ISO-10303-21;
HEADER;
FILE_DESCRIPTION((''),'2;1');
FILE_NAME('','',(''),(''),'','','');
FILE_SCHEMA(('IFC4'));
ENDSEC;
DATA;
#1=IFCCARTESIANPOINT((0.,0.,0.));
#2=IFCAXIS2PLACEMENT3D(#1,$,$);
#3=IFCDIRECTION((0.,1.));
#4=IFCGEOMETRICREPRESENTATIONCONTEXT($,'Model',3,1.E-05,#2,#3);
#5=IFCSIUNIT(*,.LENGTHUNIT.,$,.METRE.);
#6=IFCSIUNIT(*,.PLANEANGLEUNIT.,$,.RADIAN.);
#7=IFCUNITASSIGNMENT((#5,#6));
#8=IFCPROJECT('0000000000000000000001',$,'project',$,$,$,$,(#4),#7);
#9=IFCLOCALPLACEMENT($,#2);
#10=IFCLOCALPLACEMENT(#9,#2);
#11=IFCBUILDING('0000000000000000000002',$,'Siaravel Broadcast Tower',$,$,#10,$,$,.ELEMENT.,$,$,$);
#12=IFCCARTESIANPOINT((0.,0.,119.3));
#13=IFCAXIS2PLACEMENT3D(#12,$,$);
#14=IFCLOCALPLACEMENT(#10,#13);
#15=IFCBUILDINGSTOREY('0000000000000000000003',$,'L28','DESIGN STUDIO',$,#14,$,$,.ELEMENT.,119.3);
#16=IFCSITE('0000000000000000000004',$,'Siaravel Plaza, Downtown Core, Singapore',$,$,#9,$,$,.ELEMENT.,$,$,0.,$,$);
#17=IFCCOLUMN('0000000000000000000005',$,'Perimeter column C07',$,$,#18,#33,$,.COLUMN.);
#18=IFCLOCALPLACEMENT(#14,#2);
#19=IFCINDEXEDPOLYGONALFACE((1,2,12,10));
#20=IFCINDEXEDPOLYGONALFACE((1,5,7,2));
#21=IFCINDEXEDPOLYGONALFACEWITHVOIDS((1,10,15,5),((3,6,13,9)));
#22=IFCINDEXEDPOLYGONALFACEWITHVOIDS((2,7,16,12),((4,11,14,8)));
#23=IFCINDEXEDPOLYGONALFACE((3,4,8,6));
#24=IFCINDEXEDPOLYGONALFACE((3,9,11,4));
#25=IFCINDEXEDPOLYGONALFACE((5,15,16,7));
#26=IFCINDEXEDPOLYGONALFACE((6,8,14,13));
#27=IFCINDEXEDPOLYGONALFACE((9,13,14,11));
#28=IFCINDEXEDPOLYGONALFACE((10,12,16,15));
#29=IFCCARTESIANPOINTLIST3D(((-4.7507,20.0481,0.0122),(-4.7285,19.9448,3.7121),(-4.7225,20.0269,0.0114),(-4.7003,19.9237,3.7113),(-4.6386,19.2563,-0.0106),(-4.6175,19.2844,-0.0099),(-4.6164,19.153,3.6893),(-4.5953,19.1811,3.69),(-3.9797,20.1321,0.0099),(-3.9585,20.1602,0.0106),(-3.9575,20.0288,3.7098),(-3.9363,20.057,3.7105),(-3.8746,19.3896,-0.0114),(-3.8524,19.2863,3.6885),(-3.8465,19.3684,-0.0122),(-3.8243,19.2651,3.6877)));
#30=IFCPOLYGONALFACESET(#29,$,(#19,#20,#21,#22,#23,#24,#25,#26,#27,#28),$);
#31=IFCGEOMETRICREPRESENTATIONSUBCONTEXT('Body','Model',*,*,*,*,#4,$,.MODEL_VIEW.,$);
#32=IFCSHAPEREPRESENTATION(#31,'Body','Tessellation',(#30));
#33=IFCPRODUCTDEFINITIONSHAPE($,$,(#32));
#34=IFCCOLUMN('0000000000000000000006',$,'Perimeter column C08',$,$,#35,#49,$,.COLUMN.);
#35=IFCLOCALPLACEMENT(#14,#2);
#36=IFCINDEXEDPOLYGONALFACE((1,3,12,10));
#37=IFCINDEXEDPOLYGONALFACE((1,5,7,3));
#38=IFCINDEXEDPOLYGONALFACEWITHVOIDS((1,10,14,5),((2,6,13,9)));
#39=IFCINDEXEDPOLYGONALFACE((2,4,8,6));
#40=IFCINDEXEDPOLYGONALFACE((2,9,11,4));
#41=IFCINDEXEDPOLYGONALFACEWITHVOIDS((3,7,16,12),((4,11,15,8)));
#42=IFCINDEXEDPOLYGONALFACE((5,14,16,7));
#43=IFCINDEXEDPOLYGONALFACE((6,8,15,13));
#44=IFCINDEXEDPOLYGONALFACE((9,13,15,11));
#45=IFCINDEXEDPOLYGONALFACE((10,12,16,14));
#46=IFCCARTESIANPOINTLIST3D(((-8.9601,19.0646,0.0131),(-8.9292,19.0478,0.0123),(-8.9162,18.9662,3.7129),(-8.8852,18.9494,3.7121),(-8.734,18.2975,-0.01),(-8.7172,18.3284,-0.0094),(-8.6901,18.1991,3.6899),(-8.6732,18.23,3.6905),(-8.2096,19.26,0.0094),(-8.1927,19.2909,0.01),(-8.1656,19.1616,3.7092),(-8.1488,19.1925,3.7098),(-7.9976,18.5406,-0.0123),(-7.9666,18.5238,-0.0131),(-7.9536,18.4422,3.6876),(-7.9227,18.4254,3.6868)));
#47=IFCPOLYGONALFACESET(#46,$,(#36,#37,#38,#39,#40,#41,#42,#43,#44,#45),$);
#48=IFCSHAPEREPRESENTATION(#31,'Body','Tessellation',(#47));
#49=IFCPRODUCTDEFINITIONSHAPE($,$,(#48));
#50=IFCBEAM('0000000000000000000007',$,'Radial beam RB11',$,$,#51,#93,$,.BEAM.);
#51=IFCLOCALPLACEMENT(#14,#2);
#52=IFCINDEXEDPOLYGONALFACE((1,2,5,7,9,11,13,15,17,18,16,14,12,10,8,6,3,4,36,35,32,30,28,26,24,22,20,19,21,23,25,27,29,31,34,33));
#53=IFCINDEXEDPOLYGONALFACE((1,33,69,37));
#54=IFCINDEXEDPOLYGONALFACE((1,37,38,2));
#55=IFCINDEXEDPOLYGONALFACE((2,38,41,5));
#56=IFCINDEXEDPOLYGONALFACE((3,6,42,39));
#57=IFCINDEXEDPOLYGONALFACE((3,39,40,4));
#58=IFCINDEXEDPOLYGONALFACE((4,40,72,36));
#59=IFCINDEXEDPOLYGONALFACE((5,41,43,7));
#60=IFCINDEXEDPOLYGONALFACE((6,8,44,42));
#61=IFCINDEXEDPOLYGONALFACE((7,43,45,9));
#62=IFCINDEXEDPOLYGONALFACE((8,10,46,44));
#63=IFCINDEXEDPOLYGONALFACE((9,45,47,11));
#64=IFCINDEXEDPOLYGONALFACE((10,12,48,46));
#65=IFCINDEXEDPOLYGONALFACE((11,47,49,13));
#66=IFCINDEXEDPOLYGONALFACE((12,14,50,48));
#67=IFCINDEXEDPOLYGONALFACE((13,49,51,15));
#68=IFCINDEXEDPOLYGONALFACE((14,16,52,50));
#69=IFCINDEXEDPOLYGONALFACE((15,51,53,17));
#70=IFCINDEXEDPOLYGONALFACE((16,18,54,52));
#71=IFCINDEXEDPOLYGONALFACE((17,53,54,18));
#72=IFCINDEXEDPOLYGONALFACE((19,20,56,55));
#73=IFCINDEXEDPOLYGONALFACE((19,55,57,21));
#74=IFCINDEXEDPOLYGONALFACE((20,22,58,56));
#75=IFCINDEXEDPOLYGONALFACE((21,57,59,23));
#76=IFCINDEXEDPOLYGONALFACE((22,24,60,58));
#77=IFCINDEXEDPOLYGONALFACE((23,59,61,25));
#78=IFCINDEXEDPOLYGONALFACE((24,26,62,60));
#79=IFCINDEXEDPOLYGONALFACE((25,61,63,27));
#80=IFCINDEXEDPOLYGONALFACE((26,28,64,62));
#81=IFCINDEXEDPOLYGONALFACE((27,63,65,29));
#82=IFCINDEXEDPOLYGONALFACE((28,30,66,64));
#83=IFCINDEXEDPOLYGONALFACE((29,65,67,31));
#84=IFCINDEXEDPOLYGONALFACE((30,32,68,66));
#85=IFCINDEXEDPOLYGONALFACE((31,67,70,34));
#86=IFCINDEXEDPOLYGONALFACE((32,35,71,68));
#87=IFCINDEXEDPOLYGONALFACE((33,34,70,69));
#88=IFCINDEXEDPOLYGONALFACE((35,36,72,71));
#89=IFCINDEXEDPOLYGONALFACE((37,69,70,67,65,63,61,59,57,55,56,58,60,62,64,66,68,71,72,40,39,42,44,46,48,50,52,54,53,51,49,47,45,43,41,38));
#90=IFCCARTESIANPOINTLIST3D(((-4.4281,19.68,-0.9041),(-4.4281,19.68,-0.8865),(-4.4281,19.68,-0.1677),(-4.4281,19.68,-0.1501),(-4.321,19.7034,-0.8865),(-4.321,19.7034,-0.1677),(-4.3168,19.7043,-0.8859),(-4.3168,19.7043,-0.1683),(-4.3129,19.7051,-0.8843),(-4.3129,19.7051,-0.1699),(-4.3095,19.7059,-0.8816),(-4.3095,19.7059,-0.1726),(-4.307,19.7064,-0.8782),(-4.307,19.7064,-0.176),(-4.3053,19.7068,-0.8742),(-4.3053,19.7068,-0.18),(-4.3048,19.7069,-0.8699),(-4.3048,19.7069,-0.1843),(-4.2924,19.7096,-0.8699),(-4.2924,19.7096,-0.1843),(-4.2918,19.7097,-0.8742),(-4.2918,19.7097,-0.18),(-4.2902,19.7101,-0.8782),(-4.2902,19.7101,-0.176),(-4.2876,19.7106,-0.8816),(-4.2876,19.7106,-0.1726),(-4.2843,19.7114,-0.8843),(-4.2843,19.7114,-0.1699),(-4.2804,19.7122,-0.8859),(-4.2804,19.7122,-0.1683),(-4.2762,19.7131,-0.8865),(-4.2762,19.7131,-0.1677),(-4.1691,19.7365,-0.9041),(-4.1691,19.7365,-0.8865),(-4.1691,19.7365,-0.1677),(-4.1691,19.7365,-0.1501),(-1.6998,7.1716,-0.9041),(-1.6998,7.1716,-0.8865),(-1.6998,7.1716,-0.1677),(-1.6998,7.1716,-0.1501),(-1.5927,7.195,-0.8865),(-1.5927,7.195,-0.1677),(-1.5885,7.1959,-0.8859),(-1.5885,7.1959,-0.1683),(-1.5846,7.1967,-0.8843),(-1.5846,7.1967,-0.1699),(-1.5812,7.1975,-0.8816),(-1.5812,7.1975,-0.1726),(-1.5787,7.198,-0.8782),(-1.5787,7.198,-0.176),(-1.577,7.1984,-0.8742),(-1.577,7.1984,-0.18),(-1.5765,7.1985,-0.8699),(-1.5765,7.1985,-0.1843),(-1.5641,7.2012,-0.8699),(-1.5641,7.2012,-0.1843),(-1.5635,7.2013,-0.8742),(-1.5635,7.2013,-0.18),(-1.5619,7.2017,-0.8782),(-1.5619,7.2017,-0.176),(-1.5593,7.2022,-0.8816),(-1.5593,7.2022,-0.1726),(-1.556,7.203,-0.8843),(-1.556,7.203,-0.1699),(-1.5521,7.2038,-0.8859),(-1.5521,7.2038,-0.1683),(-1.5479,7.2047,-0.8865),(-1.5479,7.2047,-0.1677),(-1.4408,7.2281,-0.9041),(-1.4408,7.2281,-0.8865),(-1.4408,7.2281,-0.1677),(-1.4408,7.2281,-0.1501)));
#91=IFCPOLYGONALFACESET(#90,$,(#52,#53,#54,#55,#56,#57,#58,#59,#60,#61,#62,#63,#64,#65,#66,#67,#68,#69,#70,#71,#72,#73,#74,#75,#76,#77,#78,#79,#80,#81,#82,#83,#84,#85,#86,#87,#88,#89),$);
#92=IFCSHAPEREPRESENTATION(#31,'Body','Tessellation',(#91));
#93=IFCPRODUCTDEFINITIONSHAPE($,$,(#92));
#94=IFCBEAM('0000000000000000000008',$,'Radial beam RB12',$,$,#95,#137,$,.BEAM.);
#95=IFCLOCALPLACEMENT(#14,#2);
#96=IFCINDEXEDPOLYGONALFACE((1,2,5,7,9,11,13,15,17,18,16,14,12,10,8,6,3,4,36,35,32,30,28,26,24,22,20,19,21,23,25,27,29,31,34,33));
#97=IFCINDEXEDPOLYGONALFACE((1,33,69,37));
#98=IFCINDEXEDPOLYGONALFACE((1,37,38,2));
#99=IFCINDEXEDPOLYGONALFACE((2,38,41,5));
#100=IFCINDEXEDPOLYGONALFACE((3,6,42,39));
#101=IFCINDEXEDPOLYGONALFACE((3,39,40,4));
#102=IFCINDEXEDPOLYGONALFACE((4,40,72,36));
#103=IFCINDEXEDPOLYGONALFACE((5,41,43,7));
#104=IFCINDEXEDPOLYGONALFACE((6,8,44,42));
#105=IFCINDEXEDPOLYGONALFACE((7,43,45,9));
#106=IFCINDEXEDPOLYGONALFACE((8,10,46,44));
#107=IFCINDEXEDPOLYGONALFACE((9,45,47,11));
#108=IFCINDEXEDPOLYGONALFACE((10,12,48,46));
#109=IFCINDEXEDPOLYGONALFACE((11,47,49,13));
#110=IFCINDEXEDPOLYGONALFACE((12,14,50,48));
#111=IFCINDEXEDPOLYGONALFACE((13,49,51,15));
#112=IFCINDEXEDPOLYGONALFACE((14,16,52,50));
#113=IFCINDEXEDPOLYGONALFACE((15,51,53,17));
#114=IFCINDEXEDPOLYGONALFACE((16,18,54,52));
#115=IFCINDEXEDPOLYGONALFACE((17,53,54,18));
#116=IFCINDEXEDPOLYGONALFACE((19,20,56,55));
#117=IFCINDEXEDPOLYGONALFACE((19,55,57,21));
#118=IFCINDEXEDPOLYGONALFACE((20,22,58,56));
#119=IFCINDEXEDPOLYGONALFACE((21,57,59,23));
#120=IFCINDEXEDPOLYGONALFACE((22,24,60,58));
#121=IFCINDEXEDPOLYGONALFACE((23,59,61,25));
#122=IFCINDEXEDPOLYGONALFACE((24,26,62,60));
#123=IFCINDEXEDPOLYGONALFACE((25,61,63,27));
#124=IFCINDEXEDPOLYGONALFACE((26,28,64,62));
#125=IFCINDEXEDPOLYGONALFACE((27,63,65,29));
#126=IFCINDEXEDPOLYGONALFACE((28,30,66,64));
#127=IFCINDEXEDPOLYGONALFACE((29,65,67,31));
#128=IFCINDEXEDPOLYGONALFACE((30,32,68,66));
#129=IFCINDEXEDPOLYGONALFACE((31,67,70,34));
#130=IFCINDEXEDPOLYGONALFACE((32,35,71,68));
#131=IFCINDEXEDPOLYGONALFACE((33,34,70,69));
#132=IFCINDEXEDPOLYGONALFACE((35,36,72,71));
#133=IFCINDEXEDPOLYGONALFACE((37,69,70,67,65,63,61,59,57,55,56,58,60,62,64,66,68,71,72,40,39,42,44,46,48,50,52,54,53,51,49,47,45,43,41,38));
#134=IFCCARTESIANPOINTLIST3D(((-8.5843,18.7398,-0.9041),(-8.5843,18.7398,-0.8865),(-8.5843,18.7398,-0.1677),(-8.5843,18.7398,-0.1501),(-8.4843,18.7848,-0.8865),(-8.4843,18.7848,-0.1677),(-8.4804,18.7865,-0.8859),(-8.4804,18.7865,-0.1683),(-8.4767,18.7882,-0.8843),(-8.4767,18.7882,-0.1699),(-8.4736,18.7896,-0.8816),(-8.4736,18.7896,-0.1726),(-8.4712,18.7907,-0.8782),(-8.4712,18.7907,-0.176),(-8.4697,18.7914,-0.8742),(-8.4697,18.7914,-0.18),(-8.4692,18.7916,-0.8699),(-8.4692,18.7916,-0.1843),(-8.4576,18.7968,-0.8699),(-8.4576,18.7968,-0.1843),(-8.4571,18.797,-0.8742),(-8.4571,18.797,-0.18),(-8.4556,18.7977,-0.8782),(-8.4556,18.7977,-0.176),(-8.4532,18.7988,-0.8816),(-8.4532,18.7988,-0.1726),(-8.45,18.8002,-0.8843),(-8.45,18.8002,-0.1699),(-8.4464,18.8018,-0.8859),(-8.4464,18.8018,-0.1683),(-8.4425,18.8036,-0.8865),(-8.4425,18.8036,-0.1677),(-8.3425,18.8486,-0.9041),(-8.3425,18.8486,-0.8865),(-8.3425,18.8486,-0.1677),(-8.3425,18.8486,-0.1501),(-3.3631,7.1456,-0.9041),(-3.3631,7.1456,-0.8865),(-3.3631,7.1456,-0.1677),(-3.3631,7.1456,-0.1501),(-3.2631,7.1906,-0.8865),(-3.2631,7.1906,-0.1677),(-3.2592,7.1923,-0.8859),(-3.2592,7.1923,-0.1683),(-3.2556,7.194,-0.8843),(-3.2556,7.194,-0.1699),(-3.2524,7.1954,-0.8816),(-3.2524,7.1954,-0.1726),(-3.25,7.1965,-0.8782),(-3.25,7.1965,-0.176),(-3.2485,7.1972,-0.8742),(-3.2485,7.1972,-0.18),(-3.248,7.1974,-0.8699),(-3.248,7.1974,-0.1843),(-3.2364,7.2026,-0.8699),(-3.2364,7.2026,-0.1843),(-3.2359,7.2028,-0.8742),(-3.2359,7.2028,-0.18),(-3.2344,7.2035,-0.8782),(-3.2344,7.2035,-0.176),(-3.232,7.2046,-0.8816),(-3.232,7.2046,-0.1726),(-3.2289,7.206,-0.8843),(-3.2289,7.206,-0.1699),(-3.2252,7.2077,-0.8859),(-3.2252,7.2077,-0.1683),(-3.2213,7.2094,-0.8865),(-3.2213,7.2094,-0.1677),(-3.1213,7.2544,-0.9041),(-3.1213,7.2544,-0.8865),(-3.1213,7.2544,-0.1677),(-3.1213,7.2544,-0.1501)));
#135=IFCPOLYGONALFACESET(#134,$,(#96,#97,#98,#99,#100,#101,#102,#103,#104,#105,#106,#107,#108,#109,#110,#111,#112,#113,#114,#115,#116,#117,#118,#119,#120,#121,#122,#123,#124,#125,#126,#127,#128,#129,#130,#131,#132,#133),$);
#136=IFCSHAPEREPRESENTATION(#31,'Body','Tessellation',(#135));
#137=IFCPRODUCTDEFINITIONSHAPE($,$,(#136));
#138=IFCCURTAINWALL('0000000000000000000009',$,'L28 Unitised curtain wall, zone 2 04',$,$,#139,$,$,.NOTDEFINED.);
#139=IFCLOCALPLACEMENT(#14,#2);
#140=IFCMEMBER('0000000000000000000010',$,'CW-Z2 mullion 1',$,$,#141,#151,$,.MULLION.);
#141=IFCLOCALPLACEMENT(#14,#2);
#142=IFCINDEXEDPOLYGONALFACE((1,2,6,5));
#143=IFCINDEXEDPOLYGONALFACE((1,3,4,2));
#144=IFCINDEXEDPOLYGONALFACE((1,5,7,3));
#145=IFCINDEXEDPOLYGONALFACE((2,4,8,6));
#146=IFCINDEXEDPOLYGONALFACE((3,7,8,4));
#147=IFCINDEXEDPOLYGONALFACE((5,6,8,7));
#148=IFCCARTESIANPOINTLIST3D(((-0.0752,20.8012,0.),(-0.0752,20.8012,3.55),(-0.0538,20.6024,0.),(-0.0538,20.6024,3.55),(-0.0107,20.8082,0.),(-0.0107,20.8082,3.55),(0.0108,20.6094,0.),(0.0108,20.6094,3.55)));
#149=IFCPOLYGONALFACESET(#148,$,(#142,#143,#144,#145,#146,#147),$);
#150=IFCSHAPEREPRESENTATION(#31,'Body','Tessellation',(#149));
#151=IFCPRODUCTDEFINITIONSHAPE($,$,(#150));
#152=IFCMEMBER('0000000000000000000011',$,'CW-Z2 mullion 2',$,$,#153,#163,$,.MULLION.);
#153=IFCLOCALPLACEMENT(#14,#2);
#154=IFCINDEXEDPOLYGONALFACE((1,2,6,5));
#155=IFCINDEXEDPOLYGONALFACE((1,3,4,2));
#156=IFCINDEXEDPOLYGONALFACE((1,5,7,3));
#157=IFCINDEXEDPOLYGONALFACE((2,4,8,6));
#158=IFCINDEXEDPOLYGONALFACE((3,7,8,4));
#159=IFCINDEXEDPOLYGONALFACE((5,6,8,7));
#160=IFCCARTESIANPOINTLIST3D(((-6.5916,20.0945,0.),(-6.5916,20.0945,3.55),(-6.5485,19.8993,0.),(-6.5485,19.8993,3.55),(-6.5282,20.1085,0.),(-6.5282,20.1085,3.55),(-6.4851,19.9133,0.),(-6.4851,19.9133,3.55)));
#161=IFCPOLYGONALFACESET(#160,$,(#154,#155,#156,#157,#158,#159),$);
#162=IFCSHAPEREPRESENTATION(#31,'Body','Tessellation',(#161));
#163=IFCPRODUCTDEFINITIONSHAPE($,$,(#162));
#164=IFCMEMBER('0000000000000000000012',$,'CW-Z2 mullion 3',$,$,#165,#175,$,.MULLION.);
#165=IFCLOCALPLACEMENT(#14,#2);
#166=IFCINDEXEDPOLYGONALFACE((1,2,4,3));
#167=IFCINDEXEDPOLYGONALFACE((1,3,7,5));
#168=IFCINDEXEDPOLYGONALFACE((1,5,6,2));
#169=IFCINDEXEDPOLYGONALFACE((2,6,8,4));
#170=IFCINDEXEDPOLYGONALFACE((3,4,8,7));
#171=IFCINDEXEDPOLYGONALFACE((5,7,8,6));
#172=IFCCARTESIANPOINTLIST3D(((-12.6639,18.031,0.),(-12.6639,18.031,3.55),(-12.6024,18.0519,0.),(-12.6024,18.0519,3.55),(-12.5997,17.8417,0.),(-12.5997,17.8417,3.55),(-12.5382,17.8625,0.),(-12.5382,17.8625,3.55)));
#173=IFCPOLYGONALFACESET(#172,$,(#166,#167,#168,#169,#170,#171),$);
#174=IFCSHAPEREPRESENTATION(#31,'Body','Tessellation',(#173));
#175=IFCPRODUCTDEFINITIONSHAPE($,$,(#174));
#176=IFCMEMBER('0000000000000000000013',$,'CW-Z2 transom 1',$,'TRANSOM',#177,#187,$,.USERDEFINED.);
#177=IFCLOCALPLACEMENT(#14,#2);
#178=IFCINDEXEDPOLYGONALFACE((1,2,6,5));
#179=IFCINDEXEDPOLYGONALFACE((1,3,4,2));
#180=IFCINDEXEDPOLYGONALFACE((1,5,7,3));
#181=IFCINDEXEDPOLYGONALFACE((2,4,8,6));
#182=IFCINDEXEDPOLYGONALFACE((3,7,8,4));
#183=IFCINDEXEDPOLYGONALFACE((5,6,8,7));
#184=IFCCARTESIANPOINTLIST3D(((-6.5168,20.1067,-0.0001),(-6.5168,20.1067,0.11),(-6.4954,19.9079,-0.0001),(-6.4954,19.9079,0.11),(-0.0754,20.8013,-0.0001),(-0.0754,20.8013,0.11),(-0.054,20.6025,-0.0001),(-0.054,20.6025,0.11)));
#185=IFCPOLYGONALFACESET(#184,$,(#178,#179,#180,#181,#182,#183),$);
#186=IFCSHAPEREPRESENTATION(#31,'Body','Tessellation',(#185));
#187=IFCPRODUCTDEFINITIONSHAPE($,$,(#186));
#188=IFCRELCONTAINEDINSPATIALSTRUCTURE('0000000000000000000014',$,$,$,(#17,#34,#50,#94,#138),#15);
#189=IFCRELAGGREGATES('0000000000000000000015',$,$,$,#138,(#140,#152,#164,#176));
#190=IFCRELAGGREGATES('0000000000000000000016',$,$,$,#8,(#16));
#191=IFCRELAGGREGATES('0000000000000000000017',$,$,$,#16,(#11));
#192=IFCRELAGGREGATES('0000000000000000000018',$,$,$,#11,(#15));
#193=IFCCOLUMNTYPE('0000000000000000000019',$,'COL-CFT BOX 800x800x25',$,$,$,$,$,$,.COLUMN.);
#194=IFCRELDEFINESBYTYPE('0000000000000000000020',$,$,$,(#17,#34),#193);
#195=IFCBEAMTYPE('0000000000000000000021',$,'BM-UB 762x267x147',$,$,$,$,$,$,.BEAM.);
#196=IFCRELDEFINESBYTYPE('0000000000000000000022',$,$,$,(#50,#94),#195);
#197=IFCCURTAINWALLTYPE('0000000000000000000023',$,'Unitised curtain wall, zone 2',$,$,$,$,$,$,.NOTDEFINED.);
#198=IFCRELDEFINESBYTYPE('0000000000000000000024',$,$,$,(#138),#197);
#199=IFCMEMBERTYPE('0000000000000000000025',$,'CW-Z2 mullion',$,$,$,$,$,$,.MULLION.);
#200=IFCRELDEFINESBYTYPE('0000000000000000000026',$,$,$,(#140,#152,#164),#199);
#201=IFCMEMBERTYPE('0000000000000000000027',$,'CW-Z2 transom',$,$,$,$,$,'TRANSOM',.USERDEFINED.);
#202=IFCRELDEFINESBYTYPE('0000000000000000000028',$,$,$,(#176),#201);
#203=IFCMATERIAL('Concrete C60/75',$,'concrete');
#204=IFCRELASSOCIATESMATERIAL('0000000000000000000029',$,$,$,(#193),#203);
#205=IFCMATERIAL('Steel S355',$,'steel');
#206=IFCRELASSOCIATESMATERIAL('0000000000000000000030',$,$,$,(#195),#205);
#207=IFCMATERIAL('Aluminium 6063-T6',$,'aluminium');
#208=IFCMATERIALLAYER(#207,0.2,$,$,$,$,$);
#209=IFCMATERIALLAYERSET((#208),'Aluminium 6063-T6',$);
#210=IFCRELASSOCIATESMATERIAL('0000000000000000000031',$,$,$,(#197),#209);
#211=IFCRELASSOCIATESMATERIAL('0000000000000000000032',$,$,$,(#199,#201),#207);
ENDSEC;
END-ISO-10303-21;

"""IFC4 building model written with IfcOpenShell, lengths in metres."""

from ifc_helpers import new_model, si_unit, direction, frame, origin, origin_2d, place, context, subcontext, project, spatial, rectangle, hollow_rectangle, i_section, extrude, material, layer, layer_set, material_profile, profile_set, type_object, element, aggregate, save


model = new_model("IFC4")

# Units and contexts
model_context = context("Model", 3, precision=1e-05, world=origin(), true_north=direction((0.0, 1.0)))
body_context = subcontext(model_context, "Body", "Model", "MODEL_VIEW")
ifc_project = project(units=[si_unit("LENGTHUNIT", "METRE"), si_unit("PLANEANGLEUNIT", "RADIAN")], contexts=[model_context])

# Site, building, storey
site_placement = place(None, origin())
site = spatial("IfcSite", under=ifc_project, at=site_placement, Name="Siaravel Plaza, Downtown Core, Singapore", CompositionType="ELEMENT", RefElevation=0.0)
building_placement = place(site_placement, origin())
building = spatial("IfcBuilding", under=site, at=building_placement, Name="Siaravel Broadcast Tower", CompositionType="ELEMENT")
storey_placement = place(building_placement, frame((0.0, 0.0, 119.3)))
storey = spatial("IfcBuildingStorey", under=building, at=storey_placement, Name="L28", Description="DESIGN STUDIO", CompositionType="ELEMENT", Elevation=119.3)

# Columns
ifc_material_1 = material(Name="Concrete C60/75", Category="concrete")
ifc_material_profile_1 = material_profile(ifc_material_1, hollow_rectangle(XDim=0.8, YDim=0.8, WallThickness=0.0249, at=origin_2d()))
ifc_profile_set_1 = profile_set([ifc_material_profile_1], Name="Concrete C60/75")
column_type = type_object("IfcColumnType", Name="COL-CFT BOX 800x800x25", PredefinedType="COLUMN", material=ifc_profile_set_1)
for number, where, z_axis, x_axis, name in (
    (1, (-4.2986, 19.7083, 0.0), (0.006002, -0.0279, 0.999593), (0.990128, 0.140152, -0.002033), "Perimeter column C07"),
    (2, (-8.4634, 18.7942, 0.0), (0.011872, -0.026581, 0.999576), (0.959163, 0.282827, -0.003871), "Perimeter column C08"),
):
    element("IfcColumn", number, at=place(storey_placement, frame(where, z_axis=z_axis, x_axis=x_axis)), inside=storey, type_object=column_type, Name=name, PredefinedType="COLUMN", context=body_context, shape_type="SweptSolid", body=[
        extrude(hollow_rectangle(XDim=0.8, YDim=0.8, WallThickness=0.0249, at=origin_2d()), origin(), (0.0, 0.0, 1.0), 3.7014),
    ])

# Beams
ifc_material_2 = material(Name="Steel S355", Category="steel")
ifc_material_profile_2 = material_profile(ifc_material_2, i_section(OverallWidth=0.2651, OverallDepth=0.7539, WebThickness=0.0127, FlangeThickness=0.0176, FilletRadius=0.0166, at=origin_2d()))
ifc_profile_set_2 = profile_set([ifc_material_profile_2], Name="Steel S355")
beam_type = type_object("IfcBeamType", Name="BM-UB 762x267x147", PredefinedType="BEAM", material=ifc_profile_set_2)
beam_1_placement = place(storey_placement, frame((-4.2986, 19.7083, -0.5271), z_axis=(0.213107, -0.977029, 0.0), x_axis=(0.977029, 0.213107, 0.0)))
element("IfcBeam", 3, at=beam_1_placement, inside=storey, type_object=beam_type, Name="Radial beam RB11", PredefinedType="BEAM", context=body_context, shape_type="SweptSolid", body=[
    extrude(i_section(OverallWidth=0.2651, OverallDepth=0.7539, WebThickness=0.0127, FlangeThickness=0.0176, FilletRadius=0.0166, at=origin_2d()), origin(), (0.0, 0.0, 1.0), 12.8025),
])
beam_2_placement = place(storey_placement, frame((-8.4634, 18.7942, -0.5271), z_axis=(0.410612, -0.91181, 0.0), x_axis=(0.91181, 0.410612, 0.0)))
element("IfcBeam", 4, at=beam_2_placement, inside=storey, type_object=beam_type, Name="Radial beam RB12", PredefinedType="BEAM", context=body_context, shape_type="SweptSolid", body=[
    extrude(i_section(OverallWidth=0.2651, OverallDepth=0.7539, WebThickness=0.0127, FlangeThickness=0.0176, FilletRadius=0.0166, at=origin_2d()), origin(), (0.0, 0.0, 1.0), 12.7156),
])

# Curtain wall, members
ifc_material_3 = material(Name="Aluminium 6063-T6", Category="aluminium")
ifc_layer_1 = layer(ifc_material_3, 0.2)
ifc_layer_set_1 = layer_set([ifc_layer_1], Name="Aluminium 6063-T6")
curtain_wall_type = type_object("IfcCurtainWallType", Name="Unitised curtain wall, zone 2", PredefinedType="NOTDEFINED", material=ifc_layer_set_1)
curtain_wall_placement = place(storey_placement, origin())
curtain_wall = element("IfcCurtainWall", 5, at=curtain_wall_placement, inside=storey, type_object=curtain_wall_type, Name="L28 Unitised curtain wall, zone 2 04", PredefinedType="NOTDEFINED")
ifc_material_profile_3 = material_profile(ifc_material_3, rectangle(XDim=0.2, YDim=0.0649, at=origin_2d()))
ifc_profile_set_3 = profile_set([ifc_material_profile_3], Name="Aluminium 6063-T6")
member_type_1 = type_object("IfcMemberType", Name="CW-Z2 mullion", PredefinedType="MULLION", material=ifc_profile_set_3)
member_1_placement = place(storey_placement, frame((-0.0322, 20.7053, 0.0), z_axis=(0.0, 0.0, 1.0), x_axis=(0.107217, -0.994236, 0.0)))
member_1 = element("IfcMember", 6, at=member_1_placement, type_object=member_type_1, Name="CW-Z2 mullion 1", PredefinedType="MULLION", context=body_context, shape_type="SweptSolid", body=[
    extrude(rectangle(XDim=0.2, YDim=0.0649, at=origin_2d()), origin(), (0.0, 0.0, 1.0), 3.55),
])
member_2_placement = place(storey_placement, frame((-6.5383, 20.0039, 0.0), z_axis=(0.0, 0.0, 1.0), x_axis=(0.215558, -0.976491, 0.0)))
member_2 = element("IfcMember", 7, at=member_2_placement, type_object=member_type_1, Name="CW-Z2 mullion 2", PredefinedType="MULLION", context=body_context, shape_type="SweptSolid", body=[
    extrude(rectangle(XDim=0.2, YDim=0.0649, at=origin_2d()), origin(), (0.0, 0.0, 1.0), 3.55),
])
member_3_placement = place(storey_placement, frame((-12.6011, 17.9468, 0.0), z_axis=(0.0, 0.0, 1.0), x_axis=(0.321301, -0.946977, 0.0)))
member_3 = element("IfcMember", 8, at=member_3_placement, type_object=member_type_1, Name="CW-Z2 mullion 3", PredefinedType="MULLION", context=body_context, shape_type="SweptSolid", body=[
    extrude(rectangle(XDim=0.2, YDim=0.0649, at=origin_2d()), origin(), (0.0, 0.0, 1.0), 3.55),
])
ifc_material_profile_4 = material_profile(ifc_material_3, rectangle(XDim=0.2, YDim=0.1101, at=origin_2d()))
ifc_profile_set_4 = profile_set([ifc_material_profile_4], Name="Aluminium 6063-T6")
member_type_2 = type_object("IfcMemberType", Name="CW-Z2 transom", ElementType="TRANSOM", PredefinedType="USERDEFINED", material=ifc_profile_set_4)
member_4_placement = place(storey_placement, frame((-0.0647, 20.7019, 0.0549), z_axis=(-0.994237, -0.107209, 0.0), x_axis=(0.107209, -0.994237, 0.0)))
member_4 = element("IfcMember", 9, at=member_4_placement, type_object=member_type_2, Name="CW-Z2 transom 1", ObjectType="TRANSOM", PredefinedType="USERDEFINED", context=body_context, shape_type="SweptSolid", body=[
    extrude(rectangle(XDim=0.2, YDim=0.1101, at=origin_2d()), origin(), (0.0, 0.0, 1.0), 6.4788),
])

aggregate(curtain_wall, [member_1, member_2, member_3, member_4])

save(model, "model.ifc")
